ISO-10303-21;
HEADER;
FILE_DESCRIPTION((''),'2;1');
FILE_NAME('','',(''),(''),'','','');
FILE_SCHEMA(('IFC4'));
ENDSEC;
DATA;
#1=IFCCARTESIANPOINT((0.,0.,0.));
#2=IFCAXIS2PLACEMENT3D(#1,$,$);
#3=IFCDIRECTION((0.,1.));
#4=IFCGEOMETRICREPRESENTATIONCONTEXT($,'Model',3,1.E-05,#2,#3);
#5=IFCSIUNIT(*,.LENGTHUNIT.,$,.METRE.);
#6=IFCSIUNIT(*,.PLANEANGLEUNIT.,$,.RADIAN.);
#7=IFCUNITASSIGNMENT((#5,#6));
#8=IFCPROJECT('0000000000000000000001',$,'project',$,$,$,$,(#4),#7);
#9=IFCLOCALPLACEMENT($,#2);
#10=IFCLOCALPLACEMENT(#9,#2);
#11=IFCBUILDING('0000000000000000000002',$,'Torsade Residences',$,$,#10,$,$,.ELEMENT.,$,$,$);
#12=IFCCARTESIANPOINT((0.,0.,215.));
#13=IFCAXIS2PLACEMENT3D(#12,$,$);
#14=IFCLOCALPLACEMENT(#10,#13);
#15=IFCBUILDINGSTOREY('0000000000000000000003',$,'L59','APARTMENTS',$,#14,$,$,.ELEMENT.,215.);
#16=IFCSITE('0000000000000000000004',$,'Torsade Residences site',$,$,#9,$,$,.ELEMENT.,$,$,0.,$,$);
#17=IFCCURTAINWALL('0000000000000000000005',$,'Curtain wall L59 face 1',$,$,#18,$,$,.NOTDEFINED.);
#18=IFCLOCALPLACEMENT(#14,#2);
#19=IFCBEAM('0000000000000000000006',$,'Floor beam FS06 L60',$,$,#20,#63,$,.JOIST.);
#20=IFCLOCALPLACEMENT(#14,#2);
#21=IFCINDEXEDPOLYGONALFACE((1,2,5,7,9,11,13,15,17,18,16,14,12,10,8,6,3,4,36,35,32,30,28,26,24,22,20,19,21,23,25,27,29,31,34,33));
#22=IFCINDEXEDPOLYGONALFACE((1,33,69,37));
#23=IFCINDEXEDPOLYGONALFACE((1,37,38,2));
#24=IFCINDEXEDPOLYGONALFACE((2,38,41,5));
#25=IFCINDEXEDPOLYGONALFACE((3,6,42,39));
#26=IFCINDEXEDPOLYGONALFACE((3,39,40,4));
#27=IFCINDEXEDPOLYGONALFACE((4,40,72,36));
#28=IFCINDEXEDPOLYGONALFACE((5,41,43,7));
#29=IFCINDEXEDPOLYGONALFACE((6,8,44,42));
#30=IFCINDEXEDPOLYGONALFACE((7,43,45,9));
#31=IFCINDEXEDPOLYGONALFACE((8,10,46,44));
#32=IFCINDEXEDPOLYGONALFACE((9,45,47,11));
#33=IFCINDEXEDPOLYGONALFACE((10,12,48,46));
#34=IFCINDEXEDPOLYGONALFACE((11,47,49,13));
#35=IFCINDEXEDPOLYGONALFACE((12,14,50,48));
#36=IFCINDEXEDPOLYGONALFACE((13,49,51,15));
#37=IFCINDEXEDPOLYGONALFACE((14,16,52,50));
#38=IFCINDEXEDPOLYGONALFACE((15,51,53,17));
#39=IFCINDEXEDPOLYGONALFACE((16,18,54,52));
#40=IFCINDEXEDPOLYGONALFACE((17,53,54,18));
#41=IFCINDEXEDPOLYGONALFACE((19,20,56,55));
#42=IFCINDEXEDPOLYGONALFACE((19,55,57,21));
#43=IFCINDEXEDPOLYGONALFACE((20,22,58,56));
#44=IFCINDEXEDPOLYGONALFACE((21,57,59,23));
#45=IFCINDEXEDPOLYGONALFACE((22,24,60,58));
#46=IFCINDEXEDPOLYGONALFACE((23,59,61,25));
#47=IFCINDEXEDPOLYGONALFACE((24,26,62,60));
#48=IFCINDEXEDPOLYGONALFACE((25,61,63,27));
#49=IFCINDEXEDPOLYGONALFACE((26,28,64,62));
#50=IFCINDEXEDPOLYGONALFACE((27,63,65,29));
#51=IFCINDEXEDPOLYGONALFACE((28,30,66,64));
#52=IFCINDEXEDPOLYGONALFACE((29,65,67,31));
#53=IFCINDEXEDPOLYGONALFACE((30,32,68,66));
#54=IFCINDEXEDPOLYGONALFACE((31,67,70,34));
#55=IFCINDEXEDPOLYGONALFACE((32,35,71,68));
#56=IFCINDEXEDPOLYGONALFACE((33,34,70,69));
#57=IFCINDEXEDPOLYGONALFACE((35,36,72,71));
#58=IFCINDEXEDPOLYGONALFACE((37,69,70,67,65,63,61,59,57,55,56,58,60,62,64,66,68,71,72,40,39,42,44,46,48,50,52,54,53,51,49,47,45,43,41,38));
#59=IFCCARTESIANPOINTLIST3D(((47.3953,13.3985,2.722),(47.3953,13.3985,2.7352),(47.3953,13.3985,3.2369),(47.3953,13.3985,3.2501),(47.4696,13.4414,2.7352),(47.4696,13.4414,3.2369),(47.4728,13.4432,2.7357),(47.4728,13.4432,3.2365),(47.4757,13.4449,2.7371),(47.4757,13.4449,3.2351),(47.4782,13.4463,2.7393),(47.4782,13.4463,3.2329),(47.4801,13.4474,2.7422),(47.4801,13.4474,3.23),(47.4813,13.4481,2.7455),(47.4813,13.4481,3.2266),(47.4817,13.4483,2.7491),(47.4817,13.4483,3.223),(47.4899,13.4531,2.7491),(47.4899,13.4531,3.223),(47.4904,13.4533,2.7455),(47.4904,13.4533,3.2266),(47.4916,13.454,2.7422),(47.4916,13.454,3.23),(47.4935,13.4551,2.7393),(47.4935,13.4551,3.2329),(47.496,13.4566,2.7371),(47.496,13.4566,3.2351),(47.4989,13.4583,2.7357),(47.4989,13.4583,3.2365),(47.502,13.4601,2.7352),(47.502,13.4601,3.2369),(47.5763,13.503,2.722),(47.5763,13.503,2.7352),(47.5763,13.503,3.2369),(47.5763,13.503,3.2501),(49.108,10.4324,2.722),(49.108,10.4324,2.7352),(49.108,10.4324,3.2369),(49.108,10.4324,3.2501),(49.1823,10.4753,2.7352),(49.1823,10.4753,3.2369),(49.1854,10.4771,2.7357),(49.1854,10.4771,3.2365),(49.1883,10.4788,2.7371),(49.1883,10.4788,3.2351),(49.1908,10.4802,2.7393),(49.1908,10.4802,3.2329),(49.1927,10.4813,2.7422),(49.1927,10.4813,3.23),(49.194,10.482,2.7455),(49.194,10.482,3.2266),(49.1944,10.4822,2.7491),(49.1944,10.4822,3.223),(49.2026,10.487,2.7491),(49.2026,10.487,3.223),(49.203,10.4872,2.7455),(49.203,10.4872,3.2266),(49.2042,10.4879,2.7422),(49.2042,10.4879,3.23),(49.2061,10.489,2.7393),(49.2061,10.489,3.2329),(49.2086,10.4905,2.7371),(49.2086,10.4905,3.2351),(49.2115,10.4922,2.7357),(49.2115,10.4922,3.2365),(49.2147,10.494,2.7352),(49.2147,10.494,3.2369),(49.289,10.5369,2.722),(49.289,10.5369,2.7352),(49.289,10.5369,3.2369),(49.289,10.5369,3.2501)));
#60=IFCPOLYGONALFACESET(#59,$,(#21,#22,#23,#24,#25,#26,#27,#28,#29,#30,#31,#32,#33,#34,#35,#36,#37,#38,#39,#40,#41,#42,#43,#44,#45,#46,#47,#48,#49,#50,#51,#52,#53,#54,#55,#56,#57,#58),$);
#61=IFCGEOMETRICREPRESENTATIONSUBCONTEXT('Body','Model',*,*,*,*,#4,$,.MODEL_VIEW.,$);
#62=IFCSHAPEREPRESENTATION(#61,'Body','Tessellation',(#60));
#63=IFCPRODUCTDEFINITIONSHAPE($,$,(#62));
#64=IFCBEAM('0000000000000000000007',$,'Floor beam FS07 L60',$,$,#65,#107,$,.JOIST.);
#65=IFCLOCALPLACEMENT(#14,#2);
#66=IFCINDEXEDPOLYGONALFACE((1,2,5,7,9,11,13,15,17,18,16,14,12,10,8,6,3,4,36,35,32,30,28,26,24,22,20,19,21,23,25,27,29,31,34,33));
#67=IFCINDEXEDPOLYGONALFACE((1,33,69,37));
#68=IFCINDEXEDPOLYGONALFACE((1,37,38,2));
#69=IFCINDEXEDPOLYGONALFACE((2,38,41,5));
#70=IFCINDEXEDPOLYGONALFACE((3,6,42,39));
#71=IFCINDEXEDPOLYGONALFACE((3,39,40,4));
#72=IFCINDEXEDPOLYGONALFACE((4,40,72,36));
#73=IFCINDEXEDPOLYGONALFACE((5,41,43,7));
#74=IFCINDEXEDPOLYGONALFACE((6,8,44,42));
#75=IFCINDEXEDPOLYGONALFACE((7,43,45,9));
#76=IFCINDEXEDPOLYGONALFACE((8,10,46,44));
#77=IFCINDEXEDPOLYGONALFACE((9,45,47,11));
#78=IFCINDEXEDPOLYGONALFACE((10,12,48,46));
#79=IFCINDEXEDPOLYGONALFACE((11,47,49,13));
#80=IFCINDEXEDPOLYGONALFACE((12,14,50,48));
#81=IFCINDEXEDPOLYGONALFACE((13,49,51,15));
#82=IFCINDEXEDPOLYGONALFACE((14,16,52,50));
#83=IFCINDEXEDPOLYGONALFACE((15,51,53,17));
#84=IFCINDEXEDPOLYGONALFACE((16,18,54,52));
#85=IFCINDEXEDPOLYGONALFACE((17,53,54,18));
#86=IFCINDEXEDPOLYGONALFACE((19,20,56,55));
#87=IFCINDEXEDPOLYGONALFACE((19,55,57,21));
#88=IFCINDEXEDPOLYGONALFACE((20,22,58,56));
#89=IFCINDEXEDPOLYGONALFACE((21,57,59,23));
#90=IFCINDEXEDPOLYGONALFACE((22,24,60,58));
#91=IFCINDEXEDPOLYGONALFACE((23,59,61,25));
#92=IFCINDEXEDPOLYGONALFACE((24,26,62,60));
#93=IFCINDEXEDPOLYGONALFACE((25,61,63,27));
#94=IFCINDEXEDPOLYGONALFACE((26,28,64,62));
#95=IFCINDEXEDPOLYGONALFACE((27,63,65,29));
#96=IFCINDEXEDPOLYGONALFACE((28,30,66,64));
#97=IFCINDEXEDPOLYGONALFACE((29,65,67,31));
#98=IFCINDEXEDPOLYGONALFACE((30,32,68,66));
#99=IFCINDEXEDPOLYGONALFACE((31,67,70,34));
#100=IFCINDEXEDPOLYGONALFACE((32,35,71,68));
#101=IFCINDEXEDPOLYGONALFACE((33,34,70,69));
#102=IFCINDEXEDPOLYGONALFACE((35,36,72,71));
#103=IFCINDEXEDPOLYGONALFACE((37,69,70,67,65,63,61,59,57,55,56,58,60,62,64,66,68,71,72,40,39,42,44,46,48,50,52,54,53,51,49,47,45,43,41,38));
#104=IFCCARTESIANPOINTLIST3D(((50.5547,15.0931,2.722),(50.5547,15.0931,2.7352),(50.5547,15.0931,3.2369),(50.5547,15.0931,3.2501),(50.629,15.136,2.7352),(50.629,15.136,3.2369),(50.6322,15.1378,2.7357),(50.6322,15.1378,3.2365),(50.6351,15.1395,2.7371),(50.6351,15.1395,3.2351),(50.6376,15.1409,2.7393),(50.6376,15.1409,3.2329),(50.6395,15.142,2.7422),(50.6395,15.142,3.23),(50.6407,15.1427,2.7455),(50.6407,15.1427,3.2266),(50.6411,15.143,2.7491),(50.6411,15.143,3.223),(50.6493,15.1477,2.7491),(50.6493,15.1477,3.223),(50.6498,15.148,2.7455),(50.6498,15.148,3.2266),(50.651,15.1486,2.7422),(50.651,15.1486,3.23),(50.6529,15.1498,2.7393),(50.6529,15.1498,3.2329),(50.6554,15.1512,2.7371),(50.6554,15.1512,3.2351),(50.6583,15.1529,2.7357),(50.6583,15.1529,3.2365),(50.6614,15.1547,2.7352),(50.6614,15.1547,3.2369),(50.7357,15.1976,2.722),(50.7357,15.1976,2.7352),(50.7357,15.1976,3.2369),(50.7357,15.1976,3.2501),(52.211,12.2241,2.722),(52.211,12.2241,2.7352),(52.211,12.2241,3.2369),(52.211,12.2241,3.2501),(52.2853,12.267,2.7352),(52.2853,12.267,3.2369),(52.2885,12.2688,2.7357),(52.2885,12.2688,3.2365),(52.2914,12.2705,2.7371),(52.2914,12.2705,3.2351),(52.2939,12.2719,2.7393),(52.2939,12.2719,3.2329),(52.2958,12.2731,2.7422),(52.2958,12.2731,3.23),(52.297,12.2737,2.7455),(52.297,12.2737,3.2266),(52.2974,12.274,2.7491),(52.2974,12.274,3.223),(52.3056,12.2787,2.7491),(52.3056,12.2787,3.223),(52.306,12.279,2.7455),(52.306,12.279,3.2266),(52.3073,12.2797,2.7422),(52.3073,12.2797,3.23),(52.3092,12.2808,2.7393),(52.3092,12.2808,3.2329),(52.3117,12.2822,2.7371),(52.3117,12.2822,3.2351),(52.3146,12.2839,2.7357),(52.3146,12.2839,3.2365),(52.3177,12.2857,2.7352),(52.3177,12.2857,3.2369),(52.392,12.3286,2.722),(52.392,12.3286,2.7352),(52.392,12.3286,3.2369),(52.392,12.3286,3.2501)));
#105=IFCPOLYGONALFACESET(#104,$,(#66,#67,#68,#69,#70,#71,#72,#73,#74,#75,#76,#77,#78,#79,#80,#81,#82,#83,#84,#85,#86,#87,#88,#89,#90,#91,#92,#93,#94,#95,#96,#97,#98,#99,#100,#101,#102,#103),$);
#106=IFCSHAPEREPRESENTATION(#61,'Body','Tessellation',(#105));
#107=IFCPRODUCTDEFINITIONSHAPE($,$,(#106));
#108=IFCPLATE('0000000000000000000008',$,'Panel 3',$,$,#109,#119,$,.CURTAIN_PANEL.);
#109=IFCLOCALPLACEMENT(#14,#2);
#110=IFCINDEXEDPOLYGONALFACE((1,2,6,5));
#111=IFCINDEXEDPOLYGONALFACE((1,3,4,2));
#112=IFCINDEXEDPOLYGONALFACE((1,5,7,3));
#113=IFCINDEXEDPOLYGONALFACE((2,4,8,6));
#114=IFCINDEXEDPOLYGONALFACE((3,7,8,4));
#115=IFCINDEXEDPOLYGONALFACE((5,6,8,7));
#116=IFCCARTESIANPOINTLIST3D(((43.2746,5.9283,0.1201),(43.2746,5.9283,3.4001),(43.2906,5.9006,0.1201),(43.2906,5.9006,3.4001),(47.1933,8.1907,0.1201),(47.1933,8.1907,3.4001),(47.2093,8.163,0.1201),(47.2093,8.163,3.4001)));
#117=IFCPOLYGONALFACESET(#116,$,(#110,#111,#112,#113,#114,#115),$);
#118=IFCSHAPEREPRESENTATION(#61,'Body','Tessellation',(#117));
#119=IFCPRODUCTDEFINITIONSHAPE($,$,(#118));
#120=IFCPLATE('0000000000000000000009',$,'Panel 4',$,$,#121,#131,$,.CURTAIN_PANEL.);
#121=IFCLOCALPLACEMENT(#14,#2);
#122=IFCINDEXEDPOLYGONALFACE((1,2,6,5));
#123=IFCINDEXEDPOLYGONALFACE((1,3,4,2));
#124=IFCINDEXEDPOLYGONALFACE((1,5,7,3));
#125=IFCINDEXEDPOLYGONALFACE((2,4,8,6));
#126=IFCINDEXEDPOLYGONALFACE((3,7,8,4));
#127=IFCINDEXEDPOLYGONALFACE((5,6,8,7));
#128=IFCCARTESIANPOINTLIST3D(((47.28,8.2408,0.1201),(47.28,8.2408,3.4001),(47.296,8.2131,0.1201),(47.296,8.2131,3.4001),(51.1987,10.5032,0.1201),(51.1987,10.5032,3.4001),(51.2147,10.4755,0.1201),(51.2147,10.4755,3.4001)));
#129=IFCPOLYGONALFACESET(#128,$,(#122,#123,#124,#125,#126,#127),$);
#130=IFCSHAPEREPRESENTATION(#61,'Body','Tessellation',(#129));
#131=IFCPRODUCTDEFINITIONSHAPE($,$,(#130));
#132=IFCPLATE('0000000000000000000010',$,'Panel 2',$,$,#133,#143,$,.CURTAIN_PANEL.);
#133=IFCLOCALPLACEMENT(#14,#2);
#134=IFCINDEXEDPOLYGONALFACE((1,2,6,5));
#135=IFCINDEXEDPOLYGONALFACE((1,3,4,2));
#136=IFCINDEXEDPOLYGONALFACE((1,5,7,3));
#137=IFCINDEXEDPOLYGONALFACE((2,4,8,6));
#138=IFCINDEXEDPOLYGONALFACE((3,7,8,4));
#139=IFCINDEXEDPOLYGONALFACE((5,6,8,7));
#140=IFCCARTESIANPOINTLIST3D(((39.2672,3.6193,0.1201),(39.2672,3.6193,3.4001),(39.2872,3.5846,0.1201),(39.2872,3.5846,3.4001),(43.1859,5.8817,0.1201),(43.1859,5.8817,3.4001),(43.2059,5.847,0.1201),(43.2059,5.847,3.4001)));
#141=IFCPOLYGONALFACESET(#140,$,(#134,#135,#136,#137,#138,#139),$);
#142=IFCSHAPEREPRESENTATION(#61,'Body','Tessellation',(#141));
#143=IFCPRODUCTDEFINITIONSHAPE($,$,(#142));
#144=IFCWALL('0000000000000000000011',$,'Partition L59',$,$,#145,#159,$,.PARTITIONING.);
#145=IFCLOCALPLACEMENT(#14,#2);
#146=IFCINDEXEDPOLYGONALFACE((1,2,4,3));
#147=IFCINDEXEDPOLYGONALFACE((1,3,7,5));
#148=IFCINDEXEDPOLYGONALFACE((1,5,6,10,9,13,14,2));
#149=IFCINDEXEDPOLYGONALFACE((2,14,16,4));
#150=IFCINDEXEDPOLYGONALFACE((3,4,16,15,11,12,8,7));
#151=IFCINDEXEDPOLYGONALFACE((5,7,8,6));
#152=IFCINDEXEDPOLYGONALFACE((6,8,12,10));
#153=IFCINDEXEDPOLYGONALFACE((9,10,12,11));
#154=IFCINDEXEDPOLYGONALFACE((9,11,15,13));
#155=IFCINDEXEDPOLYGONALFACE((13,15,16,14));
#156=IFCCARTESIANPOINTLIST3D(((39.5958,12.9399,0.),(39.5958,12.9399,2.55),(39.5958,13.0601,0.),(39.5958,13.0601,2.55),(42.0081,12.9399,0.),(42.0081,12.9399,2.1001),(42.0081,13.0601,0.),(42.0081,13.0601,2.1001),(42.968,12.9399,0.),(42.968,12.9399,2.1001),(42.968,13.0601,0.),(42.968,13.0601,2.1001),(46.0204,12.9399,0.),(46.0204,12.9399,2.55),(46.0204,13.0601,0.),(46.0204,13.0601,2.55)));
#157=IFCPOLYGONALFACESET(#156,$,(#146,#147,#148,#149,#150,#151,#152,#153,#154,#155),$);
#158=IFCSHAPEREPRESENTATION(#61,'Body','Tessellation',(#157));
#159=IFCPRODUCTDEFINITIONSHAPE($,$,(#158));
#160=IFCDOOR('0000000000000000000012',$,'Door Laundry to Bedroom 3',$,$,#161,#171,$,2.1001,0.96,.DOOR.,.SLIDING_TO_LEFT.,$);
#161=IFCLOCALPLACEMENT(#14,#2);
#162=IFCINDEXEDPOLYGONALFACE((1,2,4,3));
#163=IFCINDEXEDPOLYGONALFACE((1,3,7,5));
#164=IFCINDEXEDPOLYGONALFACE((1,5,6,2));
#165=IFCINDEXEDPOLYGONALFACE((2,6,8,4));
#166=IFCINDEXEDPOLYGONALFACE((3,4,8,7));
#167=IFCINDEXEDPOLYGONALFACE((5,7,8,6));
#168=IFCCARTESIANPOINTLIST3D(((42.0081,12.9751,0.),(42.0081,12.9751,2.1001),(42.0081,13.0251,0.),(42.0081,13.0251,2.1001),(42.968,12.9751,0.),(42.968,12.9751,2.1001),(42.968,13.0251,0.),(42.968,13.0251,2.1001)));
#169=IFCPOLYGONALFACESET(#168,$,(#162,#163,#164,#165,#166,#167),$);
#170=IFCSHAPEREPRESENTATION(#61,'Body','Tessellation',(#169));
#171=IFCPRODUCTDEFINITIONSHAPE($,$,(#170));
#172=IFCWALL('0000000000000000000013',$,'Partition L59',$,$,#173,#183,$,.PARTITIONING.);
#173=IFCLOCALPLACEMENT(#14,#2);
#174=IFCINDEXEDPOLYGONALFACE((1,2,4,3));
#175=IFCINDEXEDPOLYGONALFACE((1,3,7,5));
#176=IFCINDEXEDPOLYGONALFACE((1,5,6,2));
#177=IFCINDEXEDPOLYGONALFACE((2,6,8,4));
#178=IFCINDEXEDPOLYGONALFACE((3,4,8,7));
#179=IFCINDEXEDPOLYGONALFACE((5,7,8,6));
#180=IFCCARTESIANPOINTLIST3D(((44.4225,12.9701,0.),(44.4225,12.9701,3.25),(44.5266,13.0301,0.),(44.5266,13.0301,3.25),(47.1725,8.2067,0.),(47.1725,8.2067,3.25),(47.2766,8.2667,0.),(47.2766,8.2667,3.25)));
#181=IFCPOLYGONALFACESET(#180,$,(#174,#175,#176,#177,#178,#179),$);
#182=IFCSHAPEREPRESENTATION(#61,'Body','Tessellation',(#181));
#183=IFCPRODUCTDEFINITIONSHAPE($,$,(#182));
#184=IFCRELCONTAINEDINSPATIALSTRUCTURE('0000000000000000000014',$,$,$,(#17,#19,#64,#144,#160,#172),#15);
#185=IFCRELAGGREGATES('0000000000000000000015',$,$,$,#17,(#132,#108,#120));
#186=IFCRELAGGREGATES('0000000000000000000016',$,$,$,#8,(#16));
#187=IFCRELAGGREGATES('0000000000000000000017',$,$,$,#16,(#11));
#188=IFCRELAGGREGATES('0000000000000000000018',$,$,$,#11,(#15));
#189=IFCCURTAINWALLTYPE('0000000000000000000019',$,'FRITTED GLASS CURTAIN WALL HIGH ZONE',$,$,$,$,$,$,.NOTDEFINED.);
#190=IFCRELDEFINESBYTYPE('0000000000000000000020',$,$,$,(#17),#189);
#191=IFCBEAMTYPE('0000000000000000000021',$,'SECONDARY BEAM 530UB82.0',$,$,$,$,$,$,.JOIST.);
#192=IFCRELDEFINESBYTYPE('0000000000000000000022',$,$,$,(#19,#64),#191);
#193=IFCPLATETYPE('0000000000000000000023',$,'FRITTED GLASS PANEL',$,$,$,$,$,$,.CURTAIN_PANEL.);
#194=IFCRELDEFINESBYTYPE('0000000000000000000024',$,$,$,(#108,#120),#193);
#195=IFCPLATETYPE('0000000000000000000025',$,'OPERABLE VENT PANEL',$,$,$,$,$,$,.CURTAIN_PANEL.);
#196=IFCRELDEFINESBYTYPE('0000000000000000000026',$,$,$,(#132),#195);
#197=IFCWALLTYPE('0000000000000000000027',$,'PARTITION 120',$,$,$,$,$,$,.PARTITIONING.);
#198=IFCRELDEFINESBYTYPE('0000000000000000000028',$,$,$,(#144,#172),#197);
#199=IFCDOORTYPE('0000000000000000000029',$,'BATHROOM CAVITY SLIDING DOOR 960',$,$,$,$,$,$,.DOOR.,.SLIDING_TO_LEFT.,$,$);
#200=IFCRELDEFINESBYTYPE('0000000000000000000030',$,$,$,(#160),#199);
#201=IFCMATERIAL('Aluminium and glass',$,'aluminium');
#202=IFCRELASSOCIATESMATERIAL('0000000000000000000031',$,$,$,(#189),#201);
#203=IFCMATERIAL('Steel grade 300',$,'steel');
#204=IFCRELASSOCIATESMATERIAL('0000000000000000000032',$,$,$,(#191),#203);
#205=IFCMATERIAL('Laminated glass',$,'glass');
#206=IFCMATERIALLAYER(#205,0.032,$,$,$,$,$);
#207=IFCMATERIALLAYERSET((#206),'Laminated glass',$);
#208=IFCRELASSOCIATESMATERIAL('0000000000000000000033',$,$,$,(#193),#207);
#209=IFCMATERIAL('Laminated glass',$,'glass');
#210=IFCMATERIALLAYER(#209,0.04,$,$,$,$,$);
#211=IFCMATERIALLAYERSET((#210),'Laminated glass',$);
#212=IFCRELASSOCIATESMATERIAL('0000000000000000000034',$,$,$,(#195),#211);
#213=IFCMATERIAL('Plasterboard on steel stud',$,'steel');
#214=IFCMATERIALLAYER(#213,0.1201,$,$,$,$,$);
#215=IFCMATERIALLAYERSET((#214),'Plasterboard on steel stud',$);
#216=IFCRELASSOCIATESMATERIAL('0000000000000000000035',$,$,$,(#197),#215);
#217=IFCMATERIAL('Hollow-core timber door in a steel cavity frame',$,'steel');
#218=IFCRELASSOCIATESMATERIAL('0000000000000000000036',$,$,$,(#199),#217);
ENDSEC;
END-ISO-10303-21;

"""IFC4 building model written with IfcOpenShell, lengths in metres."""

from ifc_helpers import new_model, si_unit, direction, frame, frame_2d, origin, origin_2d, place, context, subcontext, project, spatial, rectangle, i_section, extrude, material, layer, layer_set, material_profile, profile_set, type_object, element, fill, aggregate, save


model = new_model("IFC4")

# Units and contexts
model_context = context("Model", 3, precision=1e-05, world=origin(), true_north=direction((0.0, 1.0)))
body_context = subcontext(model_context, "Body", "Model", "MODEL_VIEW")
ifc_project = project(units=[si_unit("LENGTHUNIT", "METRE"), si_unit("PLANEANGLEUNIT", "RADIAN")], contexts=[model_context])

# Site, building, storey
site_placement = place(None, origin())
site = spatial("IfcSite", under=ifc_project, at=site_placement, Name="Torsade Residences site", CompositionType="ELEMENT", RefElevation=0.0)
building_placement = place(site_placement, origin())
building = spatial("IfcBuilding", under=site, at=building_placement, Name="Torsade Residences", CompositionType="ELEMENT")
storey_placement = place(building_placement, frame((0.0, 0.0, 215.0)))
storey = spatial("IfcBuildingStorey", under=building, at=storey_placement, Name="L59", Description="APARTMENTS", CompositionType="ELEMENT", Elevation=215.0)

# Curtain wall
ifc_material_1 = material(Name="Aluminium and glass", Category="aluminium")
curtain_wall_type = type_object("IfcCurtainWallType", Name="FRITTED GLASS CURTAIN WALL HIGH ZONE", PredefinedType="NOTDEFINED", material=ifc_material_1)
curtain_wall_placement = place(storey_placement, origin())
curtain_wall = element("IfcCurtainWall", 1, at=curtain_wall_placement, inside=storey, type_object=curtain_wall_type, Name="Curtain wall L59 face 1", PredefinedType="NOTDEFINED")

# Beams
ifc_material_2 = material(Name="Steel grade 300", Category="steel")
ifc_material_profile_1 = material_profile(ifc_material_2, i_section(OverallWidth=0.209, OverallDepth=0.5281, WebThickness=0.0095, FlangeThickness=0.0132, FilletRadius=0.0139, at=origin_2d()), Name="530UB82.0")
ifc_profile_set_1 = profile_set([ifc_material_profile_1], Name="Steel grade 300")
beam_type_1 = type_object("IfcBeamType", Name="SECONDARY BEAM 530UB82.0", PredefinedType="JOIST", material=ifc_profile_set_1)
beam_1_placement = place(storey_placement, frame((49.1985, 10.4846, 2.9861), z_axis=(-0.500041, 0.866002, 0.0), x_axis=(-0.866002, -0.500041, 0.0)))
element("IfcBeam", 2, at=beam_1_placement, inside=storey, type_object=beam_type_1, Name="Floor beam FS06 L60", PredefinedType="JOIST", context=body_context, shape_type="SweptSolid", body=[
    extrude(i_section(OverallWidth=0.209, OverallDepth=0.5281, WebThickness=0.0095, FlangeThickness=0.0132, FilletRadius=0.0139, at=origin_2d()), origin(), (0.0, 0.0, 1.0), 3.425),
])
beam_2_placement = place(storey_placement, frame((52.3015, 12.2764, 2.9861), z_axis=(-0.499976, 0.86604, 0.0), x_axis=(-0.86604, -0.499976, 0.0)))
element("IfcBeam", 3, at=beam_2_placement, inside=storey, type_object=beam_type_1, Name="Floor beam FS07 L60", PredefinedType="JOIST", context=body_context, shape_type="SweptSolid", body=[
    extrude(i_section(OverallWidth=0.209, OverallDepth=0.5281, WebThickness=0.0095, FlangeThickness=0.0132, FilletRadius=0.0139, at=origin_2d()), origin(), (0.0, 0.0, 1.0), 3.3127),
])

# Plates
ifc_material_3 = material(Name="Laminated glass", Category="glass")
ifc_layer_1 = layer(ifc_material_3, 0.032)
ifc_layer_set_1 = layer_set([ifc_layer_1], Name="Laminated glass")
plate_type_1 = type_object("IfcPlateType", Name="FRITTED GLASS PANEL", PredefinedType="CURTAIN_PANEL", material=ifc_layer_set_1)
plate_1_placement = place(storey_placement, frame((45.2419, 7.0457, 0.1201), z_axis=(0.0, 0.0, 1.0), x_axis=(0.866025, 0.5, 0.0)))
plate_1 = element("IfcPlate", 4, at=plate_1_placement, type_object=plate_type_1, Name="Panel 3", PredefinedType="CURTAIN_PANEL", context=body_context, shape_type="SweptSolid", body=[
    extrude(rectangle(XDim=4.5249, YDim=0.032, at=origin_2d()), origin(), (0.0, 0.0, 1.0), 3.28),
])
plate_2_placement = place(storey_placement, frame((49.2473, 9.3582, 0.1201), z_axis=(0.0, 0.0, 1.0), x_axis=(0.866025, 0.5, 0.0)))
plate_2 = element("IfcPlate", 5, at=plate_2_placement, type_object=plate_type_1, Name="Panel 4", PredefinedType="CURTAIN_PANEL", context=body_context, shape_type="SweptSolid", body=[
    extrude(rectangle(XDim=4.5249, YDim=0.032, at=origin_2d()), origin(), (0.0, 0.0, 1.0), 3.28),
])
ifc_material_4 = material(Name="Laminated glass", Category="glass")
ifc_layer_2 = layer(ifc_material_4, 0.04)
ifc_layer_set_2 = layer_set([ifc_layer_2], Name="Laminated glass")
plate_type_2 = type_object("IfcPlateType", Name="OPERABLE VENT PANEL", PredefinedType="CURTAIN_PANEL", material=ifc_layer_set_2)
plate_3_placement = place(storey_placement, frame((41.2366, 4.7332, 0.1201), z_axis=(0.0, 0.0, 1.0), x_axis=(0.866025, 0.5, 0.0)))
plate_3 = element("IfcPlate", 6, at=plate_3_placement, type_object=plate_type_2, Name="Panel 2", PredefinedType="CURTAIN_PANEL", context=body_context, shape_type="SweptSolid", body=[
    extrude(rectangle(XDim=4.5249, YDim=0.04, at=origin_2d()), origin(), (0.0, 0.0, 1.0), 3.28),
])
aggregate(curtain_wall, [plate_3, plate_1, plate_2])

# Wall, opening, door
ifc_material_5 = material(Name="Plasterboard on steel stud", Category="steel")
ifc_layer_3 = layer(ifc_material_5, 0.1201)
ifc_layer_set_3 = layer_set([ifc_layer_3], Name="Plasterboard on steel stud")
wall_type_1 = type_object("IfcWallType", Name="PARTITION 120", PredefinedType="PARTITIONING", material=ifc_layer_set_3)
wall_1_placement = place(storey_placement, frame((46.0205, 13.0, 0.0), z_axis=(0.0, 0.0, 1.0), x_axis=(-1.0, 0.0, 0.0)))
wall_1 = element("IfcWall", 7, at=wall_1_placement, inside=storey, type_object=wall_type_1, Name="Partition L59", PredefinedType="PARTITIONING", context=body_context, shape_type="SweptSolid", body=[
    extrude(rectangle(XDim=6.4246, YDim=0.1201, at=frame_2d((3.2124, 0.0))), origin(), (0.0, 0.0, 1.0), 2.55),
])
opening_placement = place(wall_1_placement, frame((3.0525, 0.0, 0.0)))
opening = element("IfcOpeningElement", 8, at=opening_placement, cuts=wall_1, PredefinedType="OPENING", context=body_context, shape_type="SweptSolid", body=[
    extrude(rectangle(XDim=0.96, YDim=2.1001, at=frame_2d((0.48, 1.05))), frame((0.0, 0.0701, 0.0), z_axis=(0.0, -1.0, 0.0), x_axis=(1.0, 0.0, 0.0)), (0.0, 0.0, 1.0), 0.1401),
])
ifc_material_6 = material(Name="Hollow-core timber door in a steel cavity frame", Category="steel")
door_type = type_object("IfcDoorType", Name="BATHROOM CAVITY SLIDING DOOR 960", OperationType="SLIDING_TO_LEFT", PredefinedType="DOOR", material=ifc_material_6)
door_placement = place(opening_placement, origin())
door = element("IfcDoor", 9, at=door_placement, inside=storey, type_object=door_type, Name="Door Laundry to Bedroom 3", OperationType="SLIDING_TO_LEFT", OverallHeight=2.1001, OverallWidth=0.96, PredefinedType="DOOR", context=body_context, shape_type="SweptSolid", body=[
    extrude(rectangle(XDim=0.96, YDim=2.1001, at=frame_2d((0.48, 1.05))), frame((0.0, 0.0249, 0.0), z_axis=(0.0, -1.0, 0.0), x_axis=(1.0, 0.0, 0.0)), (0.0, 0.0, 1.0), 0.05),
])
fill(opening, door)

# Wall
wall_2_placement = place(storey_placement, frame((44.4746, 13.0, 0.0), z_axis=(0.0, 0.0, 1.0), x_axis=(0.499977, -0.866038, 0.0)))
element("IfcWall", 10, at=wall_2_placement, inside=storey, type_object=wall_type_1, Name="Partition L59", PredefinedType="PARTITIONING", context=body_context, shape_type="SweptSolid", body=[
    extrude(rectangle(XDim=5.5002, YDim=0.1201, at=frame_2d((2.75, 0.0))), origin(), (0.0, 0.0, 1.0), 3.25),
])

save(model, "model.ifc")
